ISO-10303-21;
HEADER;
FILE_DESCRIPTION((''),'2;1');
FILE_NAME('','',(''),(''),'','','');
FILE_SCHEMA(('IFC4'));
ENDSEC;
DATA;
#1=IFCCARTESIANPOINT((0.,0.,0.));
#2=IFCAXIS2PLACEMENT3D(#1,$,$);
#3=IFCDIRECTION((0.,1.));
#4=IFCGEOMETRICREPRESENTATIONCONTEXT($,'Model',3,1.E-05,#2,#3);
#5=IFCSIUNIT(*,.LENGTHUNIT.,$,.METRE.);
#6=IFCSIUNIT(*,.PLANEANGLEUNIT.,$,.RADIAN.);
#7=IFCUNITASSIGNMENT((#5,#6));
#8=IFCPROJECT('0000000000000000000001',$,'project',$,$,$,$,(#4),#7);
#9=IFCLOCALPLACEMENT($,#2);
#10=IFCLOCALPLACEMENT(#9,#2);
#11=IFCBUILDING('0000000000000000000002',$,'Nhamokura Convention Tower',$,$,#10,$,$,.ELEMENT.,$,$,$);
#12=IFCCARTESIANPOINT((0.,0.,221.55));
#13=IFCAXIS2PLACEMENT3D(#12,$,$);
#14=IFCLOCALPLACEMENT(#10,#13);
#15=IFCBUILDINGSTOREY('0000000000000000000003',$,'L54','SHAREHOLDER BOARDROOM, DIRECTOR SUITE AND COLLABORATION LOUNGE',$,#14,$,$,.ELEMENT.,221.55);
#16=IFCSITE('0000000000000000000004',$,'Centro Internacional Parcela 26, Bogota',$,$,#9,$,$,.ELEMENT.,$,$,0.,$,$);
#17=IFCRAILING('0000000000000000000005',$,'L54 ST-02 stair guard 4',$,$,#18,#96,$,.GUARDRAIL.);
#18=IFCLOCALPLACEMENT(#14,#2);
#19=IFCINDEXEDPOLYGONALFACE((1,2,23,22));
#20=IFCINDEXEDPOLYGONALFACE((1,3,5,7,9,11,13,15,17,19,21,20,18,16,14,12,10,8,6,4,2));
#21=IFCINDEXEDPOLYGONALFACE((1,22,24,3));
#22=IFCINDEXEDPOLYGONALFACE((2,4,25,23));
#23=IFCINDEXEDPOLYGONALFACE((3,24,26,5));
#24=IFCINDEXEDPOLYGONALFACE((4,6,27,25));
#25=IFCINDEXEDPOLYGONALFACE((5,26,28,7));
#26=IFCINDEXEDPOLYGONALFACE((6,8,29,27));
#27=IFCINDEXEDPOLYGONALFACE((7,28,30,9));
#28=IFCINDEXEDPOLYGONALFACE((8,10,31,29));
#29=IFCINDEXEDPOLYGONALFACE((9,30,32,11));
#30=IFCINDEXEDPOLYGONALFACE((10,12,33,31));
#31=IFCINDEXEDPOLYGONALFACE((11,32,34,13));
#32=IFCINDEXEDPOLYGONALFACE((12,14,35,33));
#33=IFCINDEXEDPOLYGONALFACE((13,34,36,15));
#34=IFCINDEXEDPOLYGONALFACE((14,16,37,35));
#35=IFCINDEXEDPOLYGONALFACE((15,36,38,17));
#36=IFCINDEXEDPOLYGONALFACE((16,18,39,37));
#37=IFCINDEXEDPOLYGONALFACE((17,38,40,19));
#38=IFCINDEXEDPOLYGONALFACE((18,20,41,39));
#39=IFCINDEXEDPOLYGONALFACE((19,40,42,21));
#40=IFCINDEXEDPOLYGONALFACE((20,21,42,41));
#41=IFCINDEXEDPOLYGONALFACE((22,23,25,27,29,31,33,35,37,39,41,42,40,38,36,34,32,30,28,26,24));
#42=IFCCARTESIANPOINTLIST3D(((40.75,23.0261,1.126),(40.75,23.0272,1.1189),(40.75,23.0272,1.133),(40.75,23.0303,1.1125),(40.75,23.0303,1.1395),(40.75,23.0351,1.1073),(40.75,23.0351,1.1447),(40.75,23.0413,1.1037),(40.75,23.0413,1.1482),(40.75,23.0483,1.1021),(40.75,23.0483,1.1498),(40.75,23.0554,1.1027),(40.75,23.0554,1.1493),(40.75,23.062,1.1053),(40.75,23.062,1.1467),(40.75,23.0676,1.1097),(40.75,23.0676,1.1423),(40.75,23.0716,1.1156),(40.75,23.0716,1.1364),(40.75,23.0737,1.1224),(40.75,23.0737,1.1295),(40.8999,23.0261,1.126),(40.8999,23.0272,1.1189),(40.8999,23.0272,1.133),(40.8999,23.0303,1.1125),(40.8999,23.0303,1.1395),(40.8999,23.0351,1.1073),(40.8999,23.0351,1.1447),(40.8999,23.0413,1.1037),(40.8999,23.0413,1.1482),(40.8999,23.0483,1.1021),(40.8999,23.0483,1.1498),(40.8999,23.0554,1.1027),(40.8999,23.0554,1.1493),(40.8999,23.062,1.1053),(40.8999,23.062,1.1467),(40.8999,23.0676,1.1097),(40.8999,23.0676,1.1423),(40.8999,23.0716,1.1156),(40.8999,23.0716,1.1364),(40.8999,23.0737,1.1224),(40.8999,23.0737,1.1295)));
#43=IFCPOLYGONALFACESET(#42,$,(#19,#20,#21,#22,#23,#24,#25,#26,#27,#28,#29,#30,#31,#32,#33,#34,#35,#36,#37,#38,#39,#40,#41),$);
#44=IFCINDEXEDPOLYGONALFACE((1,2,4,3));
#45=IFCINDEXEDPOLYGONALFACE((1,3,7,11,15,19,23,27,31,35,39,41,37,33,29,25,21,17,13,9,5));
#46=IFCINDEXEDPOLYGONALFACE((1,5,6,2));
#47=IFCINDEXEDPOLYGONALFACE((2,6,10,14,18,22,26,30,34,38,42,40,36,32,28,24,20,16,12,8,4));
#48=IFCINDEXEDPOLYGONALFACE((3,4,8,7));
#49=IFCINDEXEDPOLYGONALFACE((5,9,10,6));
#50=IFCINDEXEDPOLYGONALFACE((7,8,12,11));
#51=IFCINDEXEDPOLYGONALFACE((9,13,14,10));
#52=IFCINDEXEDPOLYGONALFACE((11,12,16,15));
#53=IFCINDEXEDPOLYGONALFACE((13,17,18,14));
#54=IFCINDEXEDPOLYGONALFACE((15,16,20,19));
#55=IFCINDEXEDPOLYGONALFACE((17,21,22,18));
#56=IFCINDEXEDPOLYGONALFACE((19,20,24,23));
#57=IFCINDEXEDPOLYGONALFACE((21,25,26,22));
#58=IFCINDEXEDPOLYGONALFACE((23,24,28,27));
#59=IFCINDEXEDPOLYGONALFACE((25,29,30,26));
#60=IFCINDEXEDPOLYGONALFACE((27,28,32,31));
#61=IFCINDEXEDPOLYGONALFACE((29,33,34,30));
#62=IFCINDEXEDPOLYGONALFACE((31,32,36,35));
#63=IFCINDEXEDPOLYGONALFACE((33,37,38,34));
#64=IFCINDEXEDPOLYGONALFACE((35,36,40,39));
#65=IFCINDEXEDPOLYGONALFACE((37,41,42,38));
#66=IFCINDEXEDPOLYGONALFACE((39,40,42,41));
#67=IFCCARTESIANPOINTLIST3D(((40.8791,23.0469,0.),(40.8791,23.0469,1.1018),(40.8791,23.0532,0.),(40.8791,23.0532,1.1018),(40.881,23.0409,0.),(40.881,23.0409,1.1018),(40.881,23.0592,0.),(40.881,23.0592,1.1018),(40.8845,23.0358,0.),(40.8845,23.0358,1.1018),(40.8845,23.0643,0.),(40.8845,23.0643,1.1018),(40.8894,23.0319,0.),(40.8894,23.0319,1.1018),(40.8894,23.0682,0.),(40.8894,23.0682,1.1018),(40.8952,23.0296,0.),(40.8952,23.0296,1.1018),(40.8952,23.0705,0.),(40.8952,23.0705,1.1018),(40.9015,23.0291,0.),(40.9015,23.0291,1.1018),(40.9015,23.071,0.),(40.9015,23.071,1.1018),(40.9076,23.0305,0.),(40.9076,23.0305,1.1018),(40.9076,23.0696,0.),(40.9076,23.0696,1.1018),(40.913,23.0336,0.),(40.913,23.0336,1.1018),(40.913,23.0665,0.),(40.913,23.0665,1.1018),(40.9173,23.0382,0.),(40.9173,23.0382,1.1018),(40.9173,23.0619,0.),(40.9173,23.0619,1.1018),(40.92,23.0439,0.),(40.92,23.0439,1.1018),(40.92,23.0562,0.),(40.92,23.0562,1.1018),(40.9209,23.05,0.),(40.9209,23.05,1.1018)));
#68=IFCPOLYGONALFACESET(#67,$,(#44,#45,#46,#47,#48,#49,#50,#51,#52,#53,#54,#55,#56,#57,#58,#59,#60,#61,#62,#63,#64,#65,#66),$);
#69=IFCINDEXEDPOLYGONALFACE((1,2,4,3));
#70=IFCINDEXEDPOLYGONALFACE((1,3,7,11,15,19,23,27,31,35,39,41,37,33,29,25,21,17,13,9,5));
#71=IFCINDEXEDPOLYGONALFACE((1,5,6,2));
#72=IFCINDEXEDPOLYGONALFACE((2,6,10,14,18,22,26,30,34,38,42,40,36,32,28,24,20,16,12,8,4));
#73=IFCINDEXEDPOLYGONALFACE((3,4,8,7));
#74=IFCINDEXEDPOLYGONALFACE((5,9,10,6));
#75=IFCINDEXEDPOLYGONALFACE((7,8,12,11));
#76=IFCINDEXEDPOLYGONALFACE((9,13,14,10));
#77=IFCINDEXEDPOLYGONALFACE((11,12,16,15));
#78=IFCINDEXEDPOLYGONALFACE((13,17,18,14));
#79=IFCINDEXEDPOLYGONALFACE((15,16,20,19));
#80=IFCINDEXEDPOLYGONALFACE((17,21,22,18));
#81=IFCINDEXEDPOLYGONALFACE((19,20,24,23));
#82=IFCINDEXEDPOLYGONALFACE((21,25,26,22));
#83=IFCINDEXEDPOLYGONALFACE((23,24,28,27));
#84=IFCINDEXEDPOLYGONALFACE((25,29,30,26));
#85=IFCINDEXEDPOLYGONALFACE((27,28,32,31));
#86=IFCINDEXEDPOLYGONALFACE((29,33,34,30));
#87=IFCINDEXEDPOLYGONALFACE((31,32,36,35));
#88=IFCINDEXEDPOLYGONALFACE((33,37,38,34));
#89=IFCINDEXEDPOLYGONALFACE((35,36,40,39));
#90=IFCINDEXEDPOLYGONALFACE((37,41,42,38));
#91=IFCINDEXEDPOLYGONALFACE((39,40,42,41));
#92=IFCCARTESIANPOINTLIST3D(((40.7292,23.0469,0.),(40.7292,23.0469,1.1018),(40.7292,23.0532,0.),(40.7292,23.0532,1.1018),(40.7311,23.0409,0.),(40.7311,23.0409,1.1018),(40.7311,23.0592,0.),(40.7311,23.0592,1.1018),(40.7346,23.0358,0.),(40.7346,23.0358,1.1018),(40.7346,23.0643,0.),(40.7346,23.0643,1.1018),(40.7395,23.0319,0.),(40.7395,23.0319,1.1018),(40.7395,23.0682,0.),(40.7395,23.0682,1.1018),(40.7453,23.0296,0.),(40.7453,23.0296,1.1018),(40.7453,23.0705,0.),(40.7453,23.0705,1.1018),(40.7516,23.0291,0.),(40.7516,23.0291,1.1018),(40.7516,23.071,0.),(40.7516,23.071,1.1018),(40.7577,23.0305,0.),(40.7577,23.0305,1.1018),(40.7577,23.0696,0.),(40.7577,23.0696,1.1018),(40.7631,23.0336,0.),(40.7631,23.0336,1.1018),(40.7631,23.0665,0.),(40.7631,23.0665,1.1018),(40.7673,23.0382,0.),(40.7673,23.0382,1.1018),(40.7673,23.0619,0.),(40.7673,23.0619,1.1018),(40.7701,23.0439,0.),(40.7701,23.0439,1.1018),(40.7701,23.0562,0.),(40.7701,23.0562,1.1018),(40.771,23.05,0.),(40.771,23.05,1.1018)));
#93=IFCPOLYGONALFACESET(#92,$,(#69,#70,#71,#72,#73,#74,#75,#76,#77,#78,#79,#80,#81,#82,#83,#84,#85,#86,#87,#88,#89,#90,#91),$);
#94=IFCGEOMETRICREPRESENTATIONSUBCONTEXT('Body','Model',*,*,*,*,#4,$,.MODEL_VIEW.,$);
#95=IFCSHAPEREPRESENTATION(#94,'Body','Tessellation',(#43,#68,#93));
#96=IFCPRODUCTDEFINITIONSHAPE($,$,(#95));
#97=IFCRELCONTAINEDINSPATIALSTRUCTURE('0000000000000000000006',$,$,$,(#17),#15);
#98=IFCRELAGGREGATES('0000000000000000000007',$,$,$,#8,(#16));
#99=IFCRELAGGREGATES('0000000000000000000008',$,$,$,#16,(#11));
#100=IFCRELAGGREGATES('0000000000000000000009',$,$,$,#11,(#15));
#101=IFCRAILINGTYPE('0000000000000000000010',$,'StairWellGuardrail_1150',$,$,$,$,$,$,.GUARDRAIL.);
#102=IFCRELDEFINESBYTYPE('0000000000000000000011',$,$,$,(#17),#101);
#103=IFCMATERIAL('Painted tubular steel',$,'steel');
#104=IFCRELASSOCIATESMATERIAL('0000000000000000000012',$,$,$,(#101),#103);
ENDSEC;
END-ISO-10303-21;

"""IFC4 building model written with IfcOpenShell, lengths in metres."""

from ifc_helpers import new_model, si_unit, direction, frame, origin, origin_2d, place, context, subcontext, project, spatial, circle, extrude, material, type_object, element, save


model = new_model("IFC4")

# Units and contexts
model_context = context("Model", 3, precision=1e-05, world=origin(), true_north=direction((0.0, 1.0)))
body_context = subcontext(model_context, "Body", "Model", "MODEL_VIEW")
ifc_project = project(units=[si_unit("LENGTHUNIT", "METRE"), si_unit("PLANEANGLEUNIT", "RADIAN")], contexts=[model_context])

# Site, building, storey
site_placement = place(None, origin())
site = spatial("IfcSite", under=ifc_project, at=site_placement, Name="Centro Internacional Parcela 26, Bogota", CompositionType="ELEMENT", RefElevation=0.0)
building_placement = place(site_placement, origin())
building = spatial("IfcBuilding", under=site, at=building_placement, Name="Nhamokura Convention Tower", CompositionType="ELEMENT")
storey_placement = place(building_placement, frame((0.0, 0.0, 221.55)))
storey = spatial("IfcBuildingStorey", under=building, at=storey_placement, Name="L54", Description="SHAREHOLDER BOARDROOM, DIRECTOR SUITE AND COLLABORATION LOUNGE", CompositionType="ELEMENT", Elevation=221.55)

# Railing
ifc_material_1 = material(Name="Painted tubular steel", Category="steel")
railing_type_1 = type_object("IfcRailingType", Name="StairWellGuardrail_1150", PredefinedType="GUARDRAIL", material=ifc_material_1)
railing_1_placement = place(storey_placement, frame((40.8999, 23.05, 0.0)))
element("IfcRailing", 1, at=railing_1_placement, inside=storey, type_object=railing_type_1, Name="L54 ST-02 stair guard 4", PredefinedType="GUARDRAIL", context=body_context, shape_type="SweptSolid", body=[
    extrude(circle(Radius=0.0239, at=origin_2d()), frame((0.0, 0.0, 1.126), z_axis=(-1.0, 0.0, 0.0), x_axis=(0.0, -1.0, 0.0)), (0.0, 0.0, 1.0), 0.1499),
    extrude(circle(Radius=0.021, at=origin_2d()), origin(), (0.0, 0.0, 1.0), 1.1018),
    extrude(circle(Radius=0.021, at=origin_2d()), frame((-0.1499, 0.0, 0.0)), (0.0, 0.0, 1.0), 1.1018),
])

save(model, "model.ifc")
